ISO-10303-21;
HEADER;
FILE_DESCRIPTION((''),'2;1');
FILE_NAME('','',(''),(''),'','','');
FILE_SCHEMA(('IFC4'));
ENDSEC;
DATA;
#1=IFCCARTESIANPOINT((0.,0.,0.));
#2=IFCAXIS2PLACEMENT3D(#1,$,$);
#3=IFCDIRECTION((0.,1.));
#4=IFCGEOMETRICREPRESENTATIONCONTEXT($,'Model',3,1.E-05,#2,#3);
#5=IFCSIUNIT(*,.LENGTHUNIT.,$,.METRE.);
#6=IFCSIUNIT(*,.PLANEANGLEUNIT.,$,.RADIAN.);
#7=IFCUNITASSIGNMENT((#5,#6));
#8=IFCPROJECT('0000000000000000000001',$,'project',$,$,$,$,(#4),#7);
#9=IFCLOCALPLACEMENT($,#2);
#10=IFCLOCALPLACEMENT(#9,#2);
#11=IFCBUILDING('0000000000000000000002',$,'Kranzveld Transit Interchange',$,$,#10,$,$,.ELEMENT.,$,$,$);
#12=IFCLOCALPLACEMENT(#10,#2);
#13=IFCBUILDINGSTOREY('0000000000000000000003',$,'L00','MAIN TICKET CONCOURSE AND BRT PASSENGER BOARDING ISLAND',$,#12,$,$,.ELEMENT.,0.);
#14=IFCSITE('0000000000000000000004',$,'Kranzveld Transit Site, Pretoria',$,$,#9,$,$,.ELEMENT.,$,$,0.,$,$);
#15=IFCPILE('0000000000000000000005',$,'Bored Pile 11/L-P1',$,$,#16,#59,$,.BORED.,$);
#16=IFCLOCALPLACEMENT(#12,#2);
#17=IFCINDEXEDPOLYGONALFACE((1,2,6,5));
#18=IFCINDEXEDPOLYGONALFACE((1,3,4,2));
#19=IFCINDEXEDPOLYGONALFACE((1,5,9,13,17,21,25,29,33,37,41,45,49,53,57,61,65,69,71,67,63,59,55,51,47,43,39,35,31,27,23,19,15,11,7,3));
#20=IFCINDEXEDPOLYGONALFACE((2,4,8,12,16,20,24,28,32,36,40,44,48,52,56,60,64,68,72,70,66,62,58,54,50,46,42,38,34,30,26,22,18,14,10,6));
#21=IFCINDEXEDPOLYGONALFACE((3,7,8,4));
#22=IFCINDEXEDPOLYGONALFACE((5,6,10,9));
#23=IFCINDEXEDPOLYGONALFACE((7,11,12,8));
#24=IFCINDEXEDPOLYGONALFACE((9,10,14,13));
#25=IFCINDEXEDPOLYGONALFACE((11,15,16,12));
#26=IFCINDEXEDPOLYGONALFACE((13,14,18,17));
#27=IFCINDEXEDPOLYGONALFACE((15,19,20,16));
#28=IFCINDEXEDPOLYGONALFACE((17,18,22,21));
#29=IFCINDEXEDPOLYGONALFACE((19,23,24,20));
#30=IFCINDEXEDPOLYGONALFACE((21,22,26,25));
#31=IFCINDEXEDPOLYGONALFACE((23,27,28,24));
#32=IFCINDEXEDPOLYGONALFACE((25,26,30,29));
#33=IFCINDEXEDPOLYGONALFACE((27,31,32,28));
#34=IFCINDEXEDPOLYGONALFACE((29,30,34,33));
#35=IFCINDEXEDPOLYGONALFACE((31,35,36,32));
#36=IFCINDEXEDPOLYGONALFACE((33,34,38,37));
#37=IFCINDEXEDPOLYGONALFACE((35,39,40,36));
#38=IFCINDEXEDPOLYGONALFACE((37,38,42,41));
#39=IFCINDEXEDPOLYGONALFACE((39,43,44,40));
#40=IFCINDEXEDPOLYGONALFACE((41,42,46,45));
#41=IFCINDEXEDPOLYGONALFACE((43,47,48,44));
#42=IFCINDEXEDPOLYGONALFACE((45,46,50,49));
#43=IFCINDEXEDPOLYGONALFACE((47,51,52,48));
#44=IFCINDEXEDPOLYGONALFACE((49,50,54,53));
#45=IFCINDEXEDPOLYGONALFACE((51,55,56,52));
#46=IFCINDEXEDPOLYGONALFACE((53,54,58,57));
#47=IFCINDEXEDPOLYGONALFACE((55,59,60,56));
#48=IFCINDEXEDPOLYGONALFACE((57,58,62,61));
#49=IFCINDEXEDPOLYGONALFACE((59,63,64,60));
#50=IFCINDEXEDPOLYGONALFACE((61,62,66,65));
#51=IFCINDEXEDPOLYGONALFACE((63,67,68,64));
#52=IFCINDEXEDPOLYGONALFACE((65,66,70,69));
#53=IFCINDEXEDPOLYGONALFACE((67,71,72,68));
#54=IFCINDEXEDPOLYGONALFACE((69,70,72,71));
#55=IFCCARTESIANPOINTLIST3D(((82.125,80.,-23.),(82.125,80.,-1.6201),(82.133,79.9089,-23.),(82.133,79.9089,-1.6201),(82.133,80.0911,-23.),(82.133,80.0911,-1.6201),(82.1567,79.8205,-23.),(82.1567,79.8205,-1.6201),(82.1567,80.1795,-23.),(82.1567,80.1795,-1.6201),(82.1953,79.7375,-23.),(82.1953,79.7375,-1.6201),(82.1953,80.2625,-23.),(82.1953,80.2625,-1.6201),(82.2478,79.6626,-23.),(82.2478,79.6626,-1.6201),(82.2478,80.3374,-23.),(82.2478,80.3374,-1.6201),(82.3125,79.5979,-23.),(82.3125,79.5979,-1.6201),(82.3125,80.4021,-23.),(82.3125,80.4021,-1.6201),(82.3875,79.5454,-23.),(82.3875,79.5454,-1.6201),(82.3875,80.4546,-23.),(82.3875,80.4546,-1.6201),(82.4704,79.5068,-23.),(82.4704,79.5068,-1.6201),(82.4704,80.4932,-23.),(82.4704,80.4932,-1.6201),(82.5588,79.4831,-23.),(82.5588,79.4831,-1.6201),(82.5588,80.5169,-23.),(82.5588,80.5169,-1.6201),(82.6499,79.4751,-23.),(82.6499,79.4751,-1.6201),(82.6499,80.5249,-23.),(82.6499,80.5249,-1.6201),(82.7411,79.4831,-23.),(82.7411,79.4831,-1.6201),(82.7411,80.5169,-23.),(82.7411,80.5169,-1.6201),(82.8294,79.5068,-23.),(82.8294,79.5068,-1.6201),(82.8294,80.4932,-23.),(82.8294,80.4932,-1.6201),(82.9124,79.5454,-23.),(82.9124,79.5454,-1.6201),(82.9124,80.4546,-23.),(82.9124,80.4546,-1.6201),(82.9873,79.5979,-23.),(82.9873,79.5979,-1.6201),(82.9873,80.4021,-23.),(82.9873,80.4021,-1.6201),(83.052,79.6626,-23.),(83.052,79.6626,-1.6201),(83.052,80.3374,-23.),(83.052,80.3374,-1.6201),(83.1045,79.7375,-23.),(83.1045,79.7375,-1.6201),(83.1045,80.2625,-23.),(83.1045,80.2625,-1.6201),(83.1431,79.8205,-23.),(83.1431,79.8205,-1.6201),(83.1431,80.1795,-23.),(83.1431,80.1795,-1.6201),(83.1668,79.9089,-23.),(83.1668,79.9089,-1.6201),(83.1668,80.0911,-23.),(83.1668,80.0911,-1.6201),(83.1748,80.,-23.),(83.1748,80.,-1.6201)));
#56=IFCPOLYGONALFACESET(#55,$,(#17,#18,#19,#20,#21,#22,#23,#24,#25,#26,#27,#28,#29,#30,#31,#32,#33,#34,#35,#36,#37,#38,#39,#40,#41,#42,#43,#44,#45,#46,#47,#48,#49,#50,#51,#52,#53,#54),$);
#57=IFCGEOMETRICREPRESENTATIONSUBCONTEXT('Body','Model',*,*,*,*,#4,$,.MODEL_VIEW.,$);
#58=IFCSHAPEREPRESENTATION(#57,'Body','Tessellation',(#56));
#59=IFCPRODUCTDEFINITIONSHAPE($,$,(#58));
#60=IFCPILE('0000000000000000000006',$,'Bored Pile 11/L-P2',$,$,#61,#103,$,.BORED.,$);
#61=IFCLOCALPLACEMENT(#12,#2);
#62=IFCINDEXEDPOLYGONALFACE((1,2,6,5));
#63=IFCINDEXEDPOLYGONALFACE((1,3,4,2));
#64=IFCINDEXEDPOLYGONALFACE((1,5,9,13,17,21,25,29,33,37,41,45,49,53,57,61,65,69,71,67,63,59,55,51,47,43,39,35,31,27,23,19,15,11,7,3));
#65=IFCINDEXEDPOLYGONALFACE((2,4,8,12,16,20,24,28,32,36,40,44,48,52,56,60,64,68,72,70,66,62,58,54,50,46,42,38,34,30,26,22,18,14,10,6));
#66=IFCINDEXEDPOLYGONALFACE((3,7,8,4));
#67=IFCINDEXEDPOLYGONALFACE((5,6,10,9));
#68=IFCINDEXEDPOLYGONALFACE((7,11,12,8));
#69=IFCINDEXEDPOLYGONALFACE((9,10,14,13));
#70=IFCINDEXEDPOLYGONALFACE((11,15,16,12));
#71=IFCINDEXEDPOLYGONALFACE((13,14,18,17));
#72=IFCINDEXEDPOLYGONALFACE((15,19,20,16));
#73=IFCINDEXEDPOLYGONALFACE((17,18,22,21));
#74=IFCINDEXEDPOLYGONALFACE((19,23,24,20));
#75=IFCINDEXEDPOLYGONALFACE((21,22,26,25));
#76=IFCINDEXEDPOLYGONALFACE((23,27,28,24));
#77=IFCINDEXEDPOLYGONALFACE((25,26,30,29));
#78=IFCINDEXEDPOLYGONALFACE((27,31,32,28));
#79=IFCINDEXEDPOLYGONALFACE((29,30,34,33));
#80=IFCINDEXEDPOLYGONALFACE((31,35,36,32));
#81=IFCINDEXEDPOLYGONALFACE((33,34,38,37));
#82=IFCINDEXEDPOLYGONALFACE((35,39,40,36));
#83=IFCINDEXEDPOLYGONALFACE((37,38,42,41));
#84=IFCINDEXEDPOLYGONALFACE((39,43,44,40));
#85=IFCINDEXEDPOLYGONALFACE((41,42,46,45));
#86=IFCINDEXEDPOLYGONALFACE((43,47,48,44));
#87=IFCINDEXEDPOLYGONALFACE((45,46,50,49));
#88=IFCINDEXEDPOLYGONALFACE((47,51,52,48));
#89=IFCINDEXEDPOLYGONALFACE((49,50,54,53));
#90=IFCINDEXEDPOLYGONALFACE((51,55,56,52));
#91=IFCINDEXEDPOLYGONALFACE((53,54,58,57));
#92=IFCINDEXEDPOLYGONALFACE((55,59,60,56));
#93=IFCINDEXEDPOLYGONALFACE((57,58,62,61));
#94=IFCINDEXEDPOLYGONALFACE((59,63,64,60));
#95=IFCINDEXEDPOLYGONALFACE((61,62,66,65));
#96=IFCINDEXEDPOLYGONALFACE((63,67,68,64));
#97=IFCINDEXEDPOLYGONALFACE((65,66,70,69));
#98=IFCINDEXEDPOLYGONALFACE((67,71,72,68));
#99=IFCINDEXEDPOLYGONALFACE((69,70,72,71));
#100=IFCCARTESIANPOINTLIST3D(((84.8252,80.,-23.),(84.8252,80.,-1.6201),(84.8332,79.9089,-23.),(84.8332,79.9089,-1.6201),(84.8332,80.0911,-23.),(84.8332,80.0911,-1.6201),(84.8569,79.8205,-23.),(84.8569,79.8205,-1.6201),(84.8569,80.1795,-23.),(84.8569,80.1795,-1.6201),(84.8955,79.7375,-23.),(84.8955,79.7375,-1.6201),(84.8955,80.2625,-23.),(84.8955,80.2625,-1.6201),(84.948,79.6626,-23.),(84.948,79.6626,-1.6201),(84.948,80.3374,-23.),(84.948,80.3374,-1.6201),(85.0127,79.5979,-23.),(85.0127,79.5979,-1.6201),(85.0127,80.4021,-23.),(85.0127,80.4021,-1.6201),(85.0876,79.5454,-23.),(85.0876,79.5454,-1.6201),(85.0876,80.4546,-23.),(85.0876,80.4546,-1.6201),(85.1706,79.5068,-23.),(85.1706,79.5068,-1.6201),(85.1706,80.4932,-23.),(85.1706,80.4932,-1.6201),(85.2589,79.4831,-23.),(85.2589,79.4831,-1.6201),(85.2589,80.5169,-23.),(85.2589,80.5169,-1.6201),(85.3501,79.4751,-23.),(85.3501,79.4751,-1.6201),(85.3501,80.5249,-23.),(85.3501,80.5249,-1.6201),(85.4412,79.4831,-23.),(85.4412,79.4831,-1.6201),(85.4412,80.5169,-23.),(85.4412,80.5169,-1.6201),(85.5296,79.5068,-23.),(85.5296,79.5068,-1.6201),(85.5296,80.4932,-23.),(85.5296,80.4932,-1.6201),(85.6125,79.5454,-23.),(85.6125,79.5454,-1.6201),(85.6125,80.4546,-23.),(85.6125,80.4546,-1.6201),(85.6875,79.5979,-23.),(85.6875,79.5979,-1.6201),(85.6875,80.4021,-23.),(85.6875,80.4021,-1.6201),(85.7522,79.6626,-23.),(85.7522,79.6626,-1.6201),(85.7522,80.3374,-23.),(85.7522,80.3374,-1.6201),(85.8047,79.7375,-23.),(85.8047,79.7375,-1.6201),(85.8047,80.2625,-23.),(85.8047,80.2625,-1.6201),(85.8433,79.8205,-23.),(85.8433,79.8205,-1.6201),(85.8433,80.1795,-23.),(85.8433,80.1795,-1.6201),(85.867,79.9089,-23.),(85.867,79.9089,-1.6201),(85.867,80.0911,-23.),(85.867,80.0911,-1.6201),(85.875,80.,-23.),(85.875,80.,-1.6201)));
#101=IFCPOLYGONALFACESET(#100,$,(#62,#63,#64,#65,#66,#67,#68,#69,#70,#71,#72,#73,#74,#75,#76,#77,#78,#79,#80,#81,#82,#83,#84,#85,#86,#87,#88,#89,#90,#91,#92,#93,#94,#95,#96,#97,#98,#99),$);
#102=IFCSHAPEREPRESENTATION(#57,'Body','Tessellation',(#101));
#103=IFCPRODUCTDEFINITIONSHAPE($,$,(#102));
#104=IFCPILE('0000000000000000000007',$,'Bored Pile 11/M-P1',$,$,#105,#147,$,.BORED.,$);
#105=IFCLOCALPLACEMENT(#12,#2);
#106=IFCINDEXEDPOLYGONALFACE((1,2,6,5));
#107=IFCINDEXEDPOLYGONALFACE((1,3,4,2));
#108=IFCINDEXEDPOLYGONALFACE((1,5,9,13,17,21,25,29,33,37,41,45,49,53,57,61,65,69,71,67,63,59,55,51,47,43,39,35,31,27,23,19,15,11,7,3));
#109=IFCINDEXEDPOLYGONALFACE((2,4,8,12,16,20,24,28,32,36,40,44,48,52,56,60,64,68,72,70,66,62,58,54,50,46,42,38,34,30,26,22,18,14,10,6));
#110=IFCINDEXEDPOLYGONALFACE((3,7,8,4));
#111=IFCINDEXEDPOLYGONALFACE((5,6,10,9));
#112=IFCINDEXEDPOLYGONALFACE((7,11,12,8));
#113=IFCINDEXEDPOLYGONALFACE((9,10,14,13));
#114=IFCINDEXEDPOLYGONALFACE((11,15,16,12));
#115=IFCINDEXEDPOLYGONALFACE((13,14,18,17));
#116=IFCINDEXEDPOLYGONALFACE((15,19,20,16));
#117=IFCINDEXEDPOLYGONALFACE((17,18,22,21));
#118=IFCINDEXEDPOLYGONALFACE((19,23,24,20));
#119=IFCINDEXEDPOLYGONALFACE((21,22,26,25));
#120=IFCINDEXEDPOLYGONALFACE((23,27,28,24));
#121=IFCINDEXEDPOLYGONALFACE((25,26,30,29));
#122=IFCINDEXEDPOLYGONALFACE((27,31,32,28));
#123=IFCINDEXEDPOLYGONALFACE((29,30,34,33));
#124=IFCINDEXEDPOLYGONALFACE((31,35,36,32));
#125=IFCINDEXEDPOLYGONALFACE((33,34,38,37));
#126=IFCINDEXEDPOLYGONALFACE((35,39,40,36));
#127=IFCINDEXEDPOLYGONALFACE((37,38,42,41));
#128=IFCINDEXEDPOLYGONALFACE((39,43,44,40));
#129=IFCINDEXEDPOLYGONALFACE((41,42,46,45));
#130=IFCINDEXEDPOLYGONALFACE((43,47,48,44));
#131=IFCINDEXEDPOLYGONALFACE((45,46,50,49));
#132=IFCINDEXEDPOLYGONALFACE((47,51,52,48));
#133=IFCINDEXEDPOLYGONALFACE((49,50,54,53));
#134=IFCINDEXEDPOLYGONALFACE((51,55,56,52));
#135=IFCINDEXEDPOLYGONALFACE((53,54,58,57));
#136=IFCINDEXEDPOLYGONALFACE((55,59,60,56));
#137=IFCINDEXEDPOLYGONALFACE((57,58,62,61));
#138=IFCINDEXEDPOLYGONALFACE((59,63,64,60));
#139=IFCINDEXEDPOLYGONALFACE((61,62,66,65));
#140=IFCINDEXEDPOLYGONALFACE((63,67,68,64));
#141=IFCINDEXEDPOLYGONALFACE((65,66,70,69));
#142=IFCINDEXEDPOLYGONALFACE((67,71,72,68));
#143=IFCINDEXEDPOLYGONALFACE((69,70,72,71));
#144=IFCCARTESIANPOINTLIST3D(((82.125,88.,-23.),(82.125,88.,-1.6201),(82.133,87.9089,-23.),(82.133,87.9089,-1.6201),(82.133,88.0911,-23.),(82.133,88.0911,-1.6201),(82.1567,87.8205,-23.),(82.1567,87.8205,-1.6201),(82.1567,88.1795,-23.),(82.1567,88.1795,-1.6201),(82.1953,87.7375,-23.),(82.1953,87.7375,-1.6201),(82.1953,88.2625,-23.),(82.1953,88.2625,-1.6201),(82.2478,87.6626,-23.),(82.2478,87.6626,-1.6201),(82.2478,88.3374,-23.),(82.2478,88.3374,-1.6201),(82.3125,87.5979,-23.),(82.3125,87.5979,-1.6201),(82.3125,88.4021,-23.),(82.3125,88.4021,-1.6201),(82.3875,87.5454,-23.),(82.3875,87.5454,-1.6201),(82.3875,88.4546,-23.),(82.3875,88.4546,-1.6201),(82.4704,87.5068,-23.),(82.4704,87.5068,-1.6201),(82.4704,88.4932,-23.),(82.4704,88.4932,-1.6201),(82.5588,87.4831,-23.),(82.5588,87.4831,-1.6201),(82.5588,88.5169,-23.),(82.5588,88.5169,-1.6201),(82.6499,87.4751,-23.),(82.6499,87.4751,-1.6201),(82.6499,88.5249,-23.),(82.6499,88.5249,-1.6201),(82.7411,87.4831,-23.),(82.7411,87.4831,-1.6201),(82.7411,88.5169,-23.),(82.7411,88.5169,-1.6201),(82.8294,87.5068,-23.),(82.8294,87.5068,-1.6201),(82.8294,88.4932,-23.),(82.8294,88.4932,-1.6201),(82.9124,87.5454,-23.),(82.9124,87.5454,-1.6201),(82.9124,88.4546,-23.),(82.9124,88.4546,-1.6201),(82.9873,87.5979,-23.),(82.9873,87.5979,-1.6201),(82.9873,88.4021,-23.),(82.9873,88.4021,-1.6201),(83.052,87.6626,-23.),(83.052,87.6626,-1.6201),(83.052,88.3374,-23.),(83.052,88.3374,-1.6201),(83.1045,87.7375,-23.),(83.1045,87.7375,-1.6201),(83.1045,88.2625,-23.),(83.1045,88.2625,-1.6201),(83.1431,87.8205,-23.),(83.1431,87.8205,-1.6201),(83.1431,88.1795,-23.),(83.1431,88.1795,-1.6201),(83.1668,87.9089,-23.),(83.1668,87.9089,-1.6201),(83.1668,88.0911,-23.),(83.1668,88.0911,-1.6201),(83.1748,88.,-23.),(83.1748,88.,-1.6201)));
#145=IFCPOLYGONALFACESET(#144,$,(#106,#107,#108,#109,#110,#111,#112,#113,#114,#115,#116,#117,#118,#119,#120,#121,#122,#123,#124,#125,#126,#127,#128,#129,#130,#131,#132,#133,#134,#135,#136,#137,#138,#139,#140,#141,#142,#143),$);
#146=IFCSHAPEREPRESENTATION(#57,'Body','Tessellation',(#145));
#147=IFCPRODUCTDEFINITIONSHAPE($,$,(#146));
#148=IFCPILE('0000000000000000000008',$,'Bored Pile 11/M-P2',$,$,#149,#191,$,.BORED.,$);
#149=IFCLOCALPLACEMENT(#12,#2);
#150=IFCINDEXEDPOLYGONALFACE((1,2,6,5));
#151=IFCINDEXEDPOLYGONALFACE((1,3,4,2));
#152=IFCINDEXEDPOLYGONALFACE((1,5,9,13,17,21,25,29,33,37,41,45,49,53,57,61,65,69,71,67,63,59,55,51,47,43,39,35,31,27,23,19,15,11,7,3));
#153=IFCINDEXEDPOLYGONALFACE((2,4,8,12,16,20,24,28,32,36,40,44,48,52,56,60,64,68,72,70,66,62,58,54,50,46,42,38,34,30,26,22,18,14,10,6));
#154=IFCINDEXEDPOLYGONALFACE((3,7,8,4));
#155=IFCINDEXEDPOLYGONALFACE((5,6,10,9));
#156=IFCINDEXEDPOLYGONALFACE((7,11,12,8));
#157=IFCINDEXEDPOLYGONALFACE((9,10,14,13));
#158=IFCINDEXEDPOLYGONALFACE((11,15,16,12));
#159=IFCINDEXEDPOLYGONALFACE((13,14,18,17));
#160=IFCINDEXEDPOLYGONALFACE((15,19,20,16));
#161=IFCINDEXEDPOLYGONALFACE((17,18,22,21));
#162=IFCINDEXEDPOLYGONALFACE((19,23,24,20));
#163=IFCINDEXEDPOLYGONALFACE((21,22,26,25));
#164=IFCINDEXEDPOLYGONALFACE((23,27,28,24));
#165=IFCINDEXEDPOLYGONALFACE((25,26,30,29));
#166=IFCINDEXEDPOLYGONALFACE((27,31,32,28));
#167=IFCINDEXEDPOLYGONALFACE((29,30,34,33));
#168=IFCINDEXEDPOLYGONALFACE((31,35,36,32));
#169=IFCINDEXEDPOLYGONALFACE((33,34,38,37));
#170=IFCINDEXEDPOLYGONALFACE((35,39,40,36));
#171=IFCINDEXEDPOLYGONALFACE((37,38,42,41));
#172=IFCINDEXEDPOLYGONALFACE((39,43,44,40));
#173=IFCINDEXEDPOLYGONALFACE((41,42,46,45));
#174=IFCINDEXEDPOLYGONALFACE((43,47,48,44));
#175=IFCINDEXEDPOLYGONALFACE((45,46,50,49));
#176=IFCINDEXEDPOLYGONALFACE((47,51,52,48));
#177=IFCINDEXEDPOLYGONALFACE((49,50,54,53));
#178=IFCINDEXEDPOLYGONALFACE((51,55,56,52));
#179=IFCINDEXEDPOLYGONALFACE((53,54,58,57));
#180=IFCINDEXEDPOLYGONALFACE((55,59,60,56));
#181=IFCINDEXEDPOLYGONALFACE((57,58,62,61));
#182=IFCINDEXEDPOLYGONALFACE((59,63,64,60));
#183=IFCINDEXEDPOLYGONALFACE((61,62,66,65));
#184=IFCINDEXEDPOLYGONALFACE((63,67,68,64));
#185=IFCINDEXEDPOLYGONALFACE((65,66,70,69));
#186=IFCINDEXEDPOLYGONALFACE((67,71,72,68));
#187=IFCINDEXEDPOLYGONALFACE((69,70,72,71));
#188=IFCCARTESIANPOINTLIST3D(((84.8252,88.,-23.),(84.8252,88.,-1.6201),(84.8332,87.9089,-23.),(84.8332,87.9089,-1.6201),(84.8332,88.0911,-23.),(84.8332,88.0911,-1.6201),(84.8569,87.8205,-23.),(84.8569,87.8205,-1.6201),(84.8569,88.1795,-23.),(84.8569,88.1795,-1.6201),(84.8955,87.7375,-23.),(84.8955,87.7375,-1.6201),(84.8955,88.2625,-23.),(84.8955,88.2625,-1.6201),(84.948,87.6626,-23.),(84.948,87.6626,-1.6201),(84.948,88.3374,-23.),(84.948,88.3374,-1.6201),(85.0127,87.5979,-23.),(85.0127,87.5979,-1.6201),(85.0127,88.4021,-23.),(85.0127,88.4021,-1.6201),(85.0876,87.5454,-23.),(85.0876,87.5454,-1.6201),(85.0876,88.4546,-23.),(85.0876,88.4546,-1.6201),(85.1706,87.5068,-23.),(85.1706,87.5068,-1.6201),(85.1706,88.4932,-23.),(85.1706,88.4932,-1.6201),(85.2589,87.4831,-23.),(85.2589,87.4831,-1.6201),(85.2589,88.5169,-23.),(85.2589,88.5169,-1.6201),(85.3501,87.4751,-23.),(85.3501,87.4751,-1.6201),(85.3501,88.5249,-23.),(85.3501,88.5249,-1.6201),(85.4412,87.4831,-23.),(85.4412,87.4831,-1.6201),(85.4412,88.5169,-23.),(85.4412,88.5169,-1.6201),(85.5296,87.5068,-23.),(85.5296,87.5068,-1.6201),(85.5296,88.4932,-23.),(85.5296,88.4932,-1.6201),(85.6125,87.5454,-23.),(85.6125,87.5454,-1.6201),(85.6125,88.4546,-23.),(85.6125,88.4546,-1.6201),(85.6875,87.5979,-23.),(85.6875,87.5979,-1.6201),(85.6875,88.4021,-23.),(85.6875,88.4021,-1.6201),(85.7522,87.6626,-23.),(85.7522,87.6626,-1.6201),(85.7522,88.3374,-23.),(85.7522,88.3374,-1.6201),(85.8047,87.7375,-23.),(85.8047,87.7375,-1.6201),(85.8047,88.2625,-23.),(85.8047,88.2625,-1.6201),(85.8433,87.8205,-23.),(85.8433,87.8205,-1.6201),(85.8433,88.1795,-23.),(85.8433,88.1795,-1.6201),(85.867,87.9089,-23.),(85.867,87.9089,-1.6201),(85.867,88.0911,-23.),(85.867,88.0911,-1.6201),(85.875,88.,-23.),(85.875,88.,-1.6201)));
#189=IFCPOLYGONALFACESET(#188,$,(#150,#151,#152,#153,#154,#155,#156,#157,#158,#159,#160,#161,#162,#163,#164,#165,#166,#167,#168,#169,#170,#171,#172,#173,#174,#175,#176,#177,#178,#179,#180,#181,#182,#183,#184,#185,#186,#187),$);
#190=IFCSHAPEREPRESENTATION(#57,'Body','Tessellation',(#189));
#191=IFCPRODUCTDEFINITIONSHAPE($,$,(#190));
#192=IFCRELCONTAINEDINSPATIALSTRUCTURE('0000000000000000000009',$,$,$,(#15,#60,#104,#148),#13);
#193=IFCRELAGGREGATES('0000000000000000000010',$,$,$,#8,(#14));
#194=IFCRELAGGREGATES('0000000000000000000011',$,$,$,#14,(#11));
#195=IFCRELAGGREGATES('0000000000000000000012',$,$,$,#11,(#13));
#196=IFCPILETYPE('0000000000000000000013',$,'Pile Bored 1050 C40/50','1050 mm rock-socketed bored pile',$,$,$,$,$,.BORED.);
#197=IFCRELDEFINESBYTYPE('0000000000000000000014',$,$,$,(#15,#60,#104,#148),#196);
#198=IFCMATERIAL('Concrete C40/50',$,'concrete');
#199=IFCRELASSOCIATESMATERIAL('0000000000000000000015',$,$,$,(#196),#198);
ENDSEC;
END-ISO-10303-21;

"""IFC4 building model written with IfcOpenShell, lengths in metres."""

from ifc_helpers import new_model, si_unit, direction, frame, origin, origin_2d, place, context, subcontext, project, spatial, circle, extrude, material, material_profile, profile_set, type_object, element, save


model = new_model("IFC4")

# Units and contexts
model_context = context("Model", 3, precision=1e-05, world=origin(), true_north=direction((0.0, 1.0)))
body_context = subcontext(model_context, "Body", "Model", "MODEL_VIEW")
ifc_project = project(units=[si_unit("LENGTHUNIT", "METRE"), si_unit("PLANEANGLEUNIT", "RADIAN")], contexts=[model_context])

# Site, building, storey
site_placement = place(None, origin())
site = spatial("IfcSite", under=ifc_project, at=site_placement, Name="Kranzveld Transit Site, Pretoria", CompositionType="ELEMENT", RefElevation=0.0)
building_placement = place(site_placement, origin())
building = spatial("IfcBuilding", under=site, at=building_placement, Name="Kranzveld Transit Interchange", CompositionType="ELEMENT")
storey_placement = place(building_placement, origin())
storey = spatial("IfcBuildingStorey", under=building, at=storey_placement, Name="L00", Description="MAIN TICKET CONCOURSE AND BRT PASSENGER BOARDING ISLAND", CompositionType="ELEMENT", Elevation=0.0)

# Piles
ifc_material_1 = material(Name="Concrete C40/50", Category="concrete")
ifc_material_profile_1 = material_profile(ifc_material_1, circle(Radius=0.5249, at=origin_2d()), Name="BORED PILE 1050")
ifc_profile_set_1 = profile_set([ifc_material_profile_1], Name="Concrete C40/50")
pile_type_1 = type_object("IfcPileType", Name="Pile Bored 1050 C40/50", Description="1050 mm rock-socketed bored pile", PredefinedType="BORED", material=ifc_profile_set_1)
for number, where, z_axis, x_axis, name in (
    (1, (82.6499, 80.0, -1.6201), (0.0, 0.0, -1.0), (1.0, 0.0, 0.0), "Bored Pile 11/L-P1"),
    (2, (85.3501, 80.0, -1.6201), (0.0, 0.0, -1.0), (1.0, 0.0, 0.0), "Bored Pile 11/L-P2"),
    (3, (82.6499, 88.0, -1.6201), (0.0, 0.0, -1.0), (1.0, 0.0, 0.0), "Bored Pile 11/M-P1"),
    (4, (85.3501, 88.0, -1.6201), (0.0, 0.0, -1.0), (1.0, 0.0, 0.0), "Bored Pile 11/M-P2"),
):
    element("IfcPile", number, at=place(storey_placement, frame(where, z_axis=z_axis, x_axis=x_axis)), inside=storey, type_object=pile_type_1, Name=name, PredefinedType="BORED", context=body_context, shape_type="SweptSolid", body=[
        extrude(circle(Radius=0.5249, at=origin_2d()), origin(), (0.0, 0.0, 1.0), 21.3799),
    ])

save(model, "model.ifc")
